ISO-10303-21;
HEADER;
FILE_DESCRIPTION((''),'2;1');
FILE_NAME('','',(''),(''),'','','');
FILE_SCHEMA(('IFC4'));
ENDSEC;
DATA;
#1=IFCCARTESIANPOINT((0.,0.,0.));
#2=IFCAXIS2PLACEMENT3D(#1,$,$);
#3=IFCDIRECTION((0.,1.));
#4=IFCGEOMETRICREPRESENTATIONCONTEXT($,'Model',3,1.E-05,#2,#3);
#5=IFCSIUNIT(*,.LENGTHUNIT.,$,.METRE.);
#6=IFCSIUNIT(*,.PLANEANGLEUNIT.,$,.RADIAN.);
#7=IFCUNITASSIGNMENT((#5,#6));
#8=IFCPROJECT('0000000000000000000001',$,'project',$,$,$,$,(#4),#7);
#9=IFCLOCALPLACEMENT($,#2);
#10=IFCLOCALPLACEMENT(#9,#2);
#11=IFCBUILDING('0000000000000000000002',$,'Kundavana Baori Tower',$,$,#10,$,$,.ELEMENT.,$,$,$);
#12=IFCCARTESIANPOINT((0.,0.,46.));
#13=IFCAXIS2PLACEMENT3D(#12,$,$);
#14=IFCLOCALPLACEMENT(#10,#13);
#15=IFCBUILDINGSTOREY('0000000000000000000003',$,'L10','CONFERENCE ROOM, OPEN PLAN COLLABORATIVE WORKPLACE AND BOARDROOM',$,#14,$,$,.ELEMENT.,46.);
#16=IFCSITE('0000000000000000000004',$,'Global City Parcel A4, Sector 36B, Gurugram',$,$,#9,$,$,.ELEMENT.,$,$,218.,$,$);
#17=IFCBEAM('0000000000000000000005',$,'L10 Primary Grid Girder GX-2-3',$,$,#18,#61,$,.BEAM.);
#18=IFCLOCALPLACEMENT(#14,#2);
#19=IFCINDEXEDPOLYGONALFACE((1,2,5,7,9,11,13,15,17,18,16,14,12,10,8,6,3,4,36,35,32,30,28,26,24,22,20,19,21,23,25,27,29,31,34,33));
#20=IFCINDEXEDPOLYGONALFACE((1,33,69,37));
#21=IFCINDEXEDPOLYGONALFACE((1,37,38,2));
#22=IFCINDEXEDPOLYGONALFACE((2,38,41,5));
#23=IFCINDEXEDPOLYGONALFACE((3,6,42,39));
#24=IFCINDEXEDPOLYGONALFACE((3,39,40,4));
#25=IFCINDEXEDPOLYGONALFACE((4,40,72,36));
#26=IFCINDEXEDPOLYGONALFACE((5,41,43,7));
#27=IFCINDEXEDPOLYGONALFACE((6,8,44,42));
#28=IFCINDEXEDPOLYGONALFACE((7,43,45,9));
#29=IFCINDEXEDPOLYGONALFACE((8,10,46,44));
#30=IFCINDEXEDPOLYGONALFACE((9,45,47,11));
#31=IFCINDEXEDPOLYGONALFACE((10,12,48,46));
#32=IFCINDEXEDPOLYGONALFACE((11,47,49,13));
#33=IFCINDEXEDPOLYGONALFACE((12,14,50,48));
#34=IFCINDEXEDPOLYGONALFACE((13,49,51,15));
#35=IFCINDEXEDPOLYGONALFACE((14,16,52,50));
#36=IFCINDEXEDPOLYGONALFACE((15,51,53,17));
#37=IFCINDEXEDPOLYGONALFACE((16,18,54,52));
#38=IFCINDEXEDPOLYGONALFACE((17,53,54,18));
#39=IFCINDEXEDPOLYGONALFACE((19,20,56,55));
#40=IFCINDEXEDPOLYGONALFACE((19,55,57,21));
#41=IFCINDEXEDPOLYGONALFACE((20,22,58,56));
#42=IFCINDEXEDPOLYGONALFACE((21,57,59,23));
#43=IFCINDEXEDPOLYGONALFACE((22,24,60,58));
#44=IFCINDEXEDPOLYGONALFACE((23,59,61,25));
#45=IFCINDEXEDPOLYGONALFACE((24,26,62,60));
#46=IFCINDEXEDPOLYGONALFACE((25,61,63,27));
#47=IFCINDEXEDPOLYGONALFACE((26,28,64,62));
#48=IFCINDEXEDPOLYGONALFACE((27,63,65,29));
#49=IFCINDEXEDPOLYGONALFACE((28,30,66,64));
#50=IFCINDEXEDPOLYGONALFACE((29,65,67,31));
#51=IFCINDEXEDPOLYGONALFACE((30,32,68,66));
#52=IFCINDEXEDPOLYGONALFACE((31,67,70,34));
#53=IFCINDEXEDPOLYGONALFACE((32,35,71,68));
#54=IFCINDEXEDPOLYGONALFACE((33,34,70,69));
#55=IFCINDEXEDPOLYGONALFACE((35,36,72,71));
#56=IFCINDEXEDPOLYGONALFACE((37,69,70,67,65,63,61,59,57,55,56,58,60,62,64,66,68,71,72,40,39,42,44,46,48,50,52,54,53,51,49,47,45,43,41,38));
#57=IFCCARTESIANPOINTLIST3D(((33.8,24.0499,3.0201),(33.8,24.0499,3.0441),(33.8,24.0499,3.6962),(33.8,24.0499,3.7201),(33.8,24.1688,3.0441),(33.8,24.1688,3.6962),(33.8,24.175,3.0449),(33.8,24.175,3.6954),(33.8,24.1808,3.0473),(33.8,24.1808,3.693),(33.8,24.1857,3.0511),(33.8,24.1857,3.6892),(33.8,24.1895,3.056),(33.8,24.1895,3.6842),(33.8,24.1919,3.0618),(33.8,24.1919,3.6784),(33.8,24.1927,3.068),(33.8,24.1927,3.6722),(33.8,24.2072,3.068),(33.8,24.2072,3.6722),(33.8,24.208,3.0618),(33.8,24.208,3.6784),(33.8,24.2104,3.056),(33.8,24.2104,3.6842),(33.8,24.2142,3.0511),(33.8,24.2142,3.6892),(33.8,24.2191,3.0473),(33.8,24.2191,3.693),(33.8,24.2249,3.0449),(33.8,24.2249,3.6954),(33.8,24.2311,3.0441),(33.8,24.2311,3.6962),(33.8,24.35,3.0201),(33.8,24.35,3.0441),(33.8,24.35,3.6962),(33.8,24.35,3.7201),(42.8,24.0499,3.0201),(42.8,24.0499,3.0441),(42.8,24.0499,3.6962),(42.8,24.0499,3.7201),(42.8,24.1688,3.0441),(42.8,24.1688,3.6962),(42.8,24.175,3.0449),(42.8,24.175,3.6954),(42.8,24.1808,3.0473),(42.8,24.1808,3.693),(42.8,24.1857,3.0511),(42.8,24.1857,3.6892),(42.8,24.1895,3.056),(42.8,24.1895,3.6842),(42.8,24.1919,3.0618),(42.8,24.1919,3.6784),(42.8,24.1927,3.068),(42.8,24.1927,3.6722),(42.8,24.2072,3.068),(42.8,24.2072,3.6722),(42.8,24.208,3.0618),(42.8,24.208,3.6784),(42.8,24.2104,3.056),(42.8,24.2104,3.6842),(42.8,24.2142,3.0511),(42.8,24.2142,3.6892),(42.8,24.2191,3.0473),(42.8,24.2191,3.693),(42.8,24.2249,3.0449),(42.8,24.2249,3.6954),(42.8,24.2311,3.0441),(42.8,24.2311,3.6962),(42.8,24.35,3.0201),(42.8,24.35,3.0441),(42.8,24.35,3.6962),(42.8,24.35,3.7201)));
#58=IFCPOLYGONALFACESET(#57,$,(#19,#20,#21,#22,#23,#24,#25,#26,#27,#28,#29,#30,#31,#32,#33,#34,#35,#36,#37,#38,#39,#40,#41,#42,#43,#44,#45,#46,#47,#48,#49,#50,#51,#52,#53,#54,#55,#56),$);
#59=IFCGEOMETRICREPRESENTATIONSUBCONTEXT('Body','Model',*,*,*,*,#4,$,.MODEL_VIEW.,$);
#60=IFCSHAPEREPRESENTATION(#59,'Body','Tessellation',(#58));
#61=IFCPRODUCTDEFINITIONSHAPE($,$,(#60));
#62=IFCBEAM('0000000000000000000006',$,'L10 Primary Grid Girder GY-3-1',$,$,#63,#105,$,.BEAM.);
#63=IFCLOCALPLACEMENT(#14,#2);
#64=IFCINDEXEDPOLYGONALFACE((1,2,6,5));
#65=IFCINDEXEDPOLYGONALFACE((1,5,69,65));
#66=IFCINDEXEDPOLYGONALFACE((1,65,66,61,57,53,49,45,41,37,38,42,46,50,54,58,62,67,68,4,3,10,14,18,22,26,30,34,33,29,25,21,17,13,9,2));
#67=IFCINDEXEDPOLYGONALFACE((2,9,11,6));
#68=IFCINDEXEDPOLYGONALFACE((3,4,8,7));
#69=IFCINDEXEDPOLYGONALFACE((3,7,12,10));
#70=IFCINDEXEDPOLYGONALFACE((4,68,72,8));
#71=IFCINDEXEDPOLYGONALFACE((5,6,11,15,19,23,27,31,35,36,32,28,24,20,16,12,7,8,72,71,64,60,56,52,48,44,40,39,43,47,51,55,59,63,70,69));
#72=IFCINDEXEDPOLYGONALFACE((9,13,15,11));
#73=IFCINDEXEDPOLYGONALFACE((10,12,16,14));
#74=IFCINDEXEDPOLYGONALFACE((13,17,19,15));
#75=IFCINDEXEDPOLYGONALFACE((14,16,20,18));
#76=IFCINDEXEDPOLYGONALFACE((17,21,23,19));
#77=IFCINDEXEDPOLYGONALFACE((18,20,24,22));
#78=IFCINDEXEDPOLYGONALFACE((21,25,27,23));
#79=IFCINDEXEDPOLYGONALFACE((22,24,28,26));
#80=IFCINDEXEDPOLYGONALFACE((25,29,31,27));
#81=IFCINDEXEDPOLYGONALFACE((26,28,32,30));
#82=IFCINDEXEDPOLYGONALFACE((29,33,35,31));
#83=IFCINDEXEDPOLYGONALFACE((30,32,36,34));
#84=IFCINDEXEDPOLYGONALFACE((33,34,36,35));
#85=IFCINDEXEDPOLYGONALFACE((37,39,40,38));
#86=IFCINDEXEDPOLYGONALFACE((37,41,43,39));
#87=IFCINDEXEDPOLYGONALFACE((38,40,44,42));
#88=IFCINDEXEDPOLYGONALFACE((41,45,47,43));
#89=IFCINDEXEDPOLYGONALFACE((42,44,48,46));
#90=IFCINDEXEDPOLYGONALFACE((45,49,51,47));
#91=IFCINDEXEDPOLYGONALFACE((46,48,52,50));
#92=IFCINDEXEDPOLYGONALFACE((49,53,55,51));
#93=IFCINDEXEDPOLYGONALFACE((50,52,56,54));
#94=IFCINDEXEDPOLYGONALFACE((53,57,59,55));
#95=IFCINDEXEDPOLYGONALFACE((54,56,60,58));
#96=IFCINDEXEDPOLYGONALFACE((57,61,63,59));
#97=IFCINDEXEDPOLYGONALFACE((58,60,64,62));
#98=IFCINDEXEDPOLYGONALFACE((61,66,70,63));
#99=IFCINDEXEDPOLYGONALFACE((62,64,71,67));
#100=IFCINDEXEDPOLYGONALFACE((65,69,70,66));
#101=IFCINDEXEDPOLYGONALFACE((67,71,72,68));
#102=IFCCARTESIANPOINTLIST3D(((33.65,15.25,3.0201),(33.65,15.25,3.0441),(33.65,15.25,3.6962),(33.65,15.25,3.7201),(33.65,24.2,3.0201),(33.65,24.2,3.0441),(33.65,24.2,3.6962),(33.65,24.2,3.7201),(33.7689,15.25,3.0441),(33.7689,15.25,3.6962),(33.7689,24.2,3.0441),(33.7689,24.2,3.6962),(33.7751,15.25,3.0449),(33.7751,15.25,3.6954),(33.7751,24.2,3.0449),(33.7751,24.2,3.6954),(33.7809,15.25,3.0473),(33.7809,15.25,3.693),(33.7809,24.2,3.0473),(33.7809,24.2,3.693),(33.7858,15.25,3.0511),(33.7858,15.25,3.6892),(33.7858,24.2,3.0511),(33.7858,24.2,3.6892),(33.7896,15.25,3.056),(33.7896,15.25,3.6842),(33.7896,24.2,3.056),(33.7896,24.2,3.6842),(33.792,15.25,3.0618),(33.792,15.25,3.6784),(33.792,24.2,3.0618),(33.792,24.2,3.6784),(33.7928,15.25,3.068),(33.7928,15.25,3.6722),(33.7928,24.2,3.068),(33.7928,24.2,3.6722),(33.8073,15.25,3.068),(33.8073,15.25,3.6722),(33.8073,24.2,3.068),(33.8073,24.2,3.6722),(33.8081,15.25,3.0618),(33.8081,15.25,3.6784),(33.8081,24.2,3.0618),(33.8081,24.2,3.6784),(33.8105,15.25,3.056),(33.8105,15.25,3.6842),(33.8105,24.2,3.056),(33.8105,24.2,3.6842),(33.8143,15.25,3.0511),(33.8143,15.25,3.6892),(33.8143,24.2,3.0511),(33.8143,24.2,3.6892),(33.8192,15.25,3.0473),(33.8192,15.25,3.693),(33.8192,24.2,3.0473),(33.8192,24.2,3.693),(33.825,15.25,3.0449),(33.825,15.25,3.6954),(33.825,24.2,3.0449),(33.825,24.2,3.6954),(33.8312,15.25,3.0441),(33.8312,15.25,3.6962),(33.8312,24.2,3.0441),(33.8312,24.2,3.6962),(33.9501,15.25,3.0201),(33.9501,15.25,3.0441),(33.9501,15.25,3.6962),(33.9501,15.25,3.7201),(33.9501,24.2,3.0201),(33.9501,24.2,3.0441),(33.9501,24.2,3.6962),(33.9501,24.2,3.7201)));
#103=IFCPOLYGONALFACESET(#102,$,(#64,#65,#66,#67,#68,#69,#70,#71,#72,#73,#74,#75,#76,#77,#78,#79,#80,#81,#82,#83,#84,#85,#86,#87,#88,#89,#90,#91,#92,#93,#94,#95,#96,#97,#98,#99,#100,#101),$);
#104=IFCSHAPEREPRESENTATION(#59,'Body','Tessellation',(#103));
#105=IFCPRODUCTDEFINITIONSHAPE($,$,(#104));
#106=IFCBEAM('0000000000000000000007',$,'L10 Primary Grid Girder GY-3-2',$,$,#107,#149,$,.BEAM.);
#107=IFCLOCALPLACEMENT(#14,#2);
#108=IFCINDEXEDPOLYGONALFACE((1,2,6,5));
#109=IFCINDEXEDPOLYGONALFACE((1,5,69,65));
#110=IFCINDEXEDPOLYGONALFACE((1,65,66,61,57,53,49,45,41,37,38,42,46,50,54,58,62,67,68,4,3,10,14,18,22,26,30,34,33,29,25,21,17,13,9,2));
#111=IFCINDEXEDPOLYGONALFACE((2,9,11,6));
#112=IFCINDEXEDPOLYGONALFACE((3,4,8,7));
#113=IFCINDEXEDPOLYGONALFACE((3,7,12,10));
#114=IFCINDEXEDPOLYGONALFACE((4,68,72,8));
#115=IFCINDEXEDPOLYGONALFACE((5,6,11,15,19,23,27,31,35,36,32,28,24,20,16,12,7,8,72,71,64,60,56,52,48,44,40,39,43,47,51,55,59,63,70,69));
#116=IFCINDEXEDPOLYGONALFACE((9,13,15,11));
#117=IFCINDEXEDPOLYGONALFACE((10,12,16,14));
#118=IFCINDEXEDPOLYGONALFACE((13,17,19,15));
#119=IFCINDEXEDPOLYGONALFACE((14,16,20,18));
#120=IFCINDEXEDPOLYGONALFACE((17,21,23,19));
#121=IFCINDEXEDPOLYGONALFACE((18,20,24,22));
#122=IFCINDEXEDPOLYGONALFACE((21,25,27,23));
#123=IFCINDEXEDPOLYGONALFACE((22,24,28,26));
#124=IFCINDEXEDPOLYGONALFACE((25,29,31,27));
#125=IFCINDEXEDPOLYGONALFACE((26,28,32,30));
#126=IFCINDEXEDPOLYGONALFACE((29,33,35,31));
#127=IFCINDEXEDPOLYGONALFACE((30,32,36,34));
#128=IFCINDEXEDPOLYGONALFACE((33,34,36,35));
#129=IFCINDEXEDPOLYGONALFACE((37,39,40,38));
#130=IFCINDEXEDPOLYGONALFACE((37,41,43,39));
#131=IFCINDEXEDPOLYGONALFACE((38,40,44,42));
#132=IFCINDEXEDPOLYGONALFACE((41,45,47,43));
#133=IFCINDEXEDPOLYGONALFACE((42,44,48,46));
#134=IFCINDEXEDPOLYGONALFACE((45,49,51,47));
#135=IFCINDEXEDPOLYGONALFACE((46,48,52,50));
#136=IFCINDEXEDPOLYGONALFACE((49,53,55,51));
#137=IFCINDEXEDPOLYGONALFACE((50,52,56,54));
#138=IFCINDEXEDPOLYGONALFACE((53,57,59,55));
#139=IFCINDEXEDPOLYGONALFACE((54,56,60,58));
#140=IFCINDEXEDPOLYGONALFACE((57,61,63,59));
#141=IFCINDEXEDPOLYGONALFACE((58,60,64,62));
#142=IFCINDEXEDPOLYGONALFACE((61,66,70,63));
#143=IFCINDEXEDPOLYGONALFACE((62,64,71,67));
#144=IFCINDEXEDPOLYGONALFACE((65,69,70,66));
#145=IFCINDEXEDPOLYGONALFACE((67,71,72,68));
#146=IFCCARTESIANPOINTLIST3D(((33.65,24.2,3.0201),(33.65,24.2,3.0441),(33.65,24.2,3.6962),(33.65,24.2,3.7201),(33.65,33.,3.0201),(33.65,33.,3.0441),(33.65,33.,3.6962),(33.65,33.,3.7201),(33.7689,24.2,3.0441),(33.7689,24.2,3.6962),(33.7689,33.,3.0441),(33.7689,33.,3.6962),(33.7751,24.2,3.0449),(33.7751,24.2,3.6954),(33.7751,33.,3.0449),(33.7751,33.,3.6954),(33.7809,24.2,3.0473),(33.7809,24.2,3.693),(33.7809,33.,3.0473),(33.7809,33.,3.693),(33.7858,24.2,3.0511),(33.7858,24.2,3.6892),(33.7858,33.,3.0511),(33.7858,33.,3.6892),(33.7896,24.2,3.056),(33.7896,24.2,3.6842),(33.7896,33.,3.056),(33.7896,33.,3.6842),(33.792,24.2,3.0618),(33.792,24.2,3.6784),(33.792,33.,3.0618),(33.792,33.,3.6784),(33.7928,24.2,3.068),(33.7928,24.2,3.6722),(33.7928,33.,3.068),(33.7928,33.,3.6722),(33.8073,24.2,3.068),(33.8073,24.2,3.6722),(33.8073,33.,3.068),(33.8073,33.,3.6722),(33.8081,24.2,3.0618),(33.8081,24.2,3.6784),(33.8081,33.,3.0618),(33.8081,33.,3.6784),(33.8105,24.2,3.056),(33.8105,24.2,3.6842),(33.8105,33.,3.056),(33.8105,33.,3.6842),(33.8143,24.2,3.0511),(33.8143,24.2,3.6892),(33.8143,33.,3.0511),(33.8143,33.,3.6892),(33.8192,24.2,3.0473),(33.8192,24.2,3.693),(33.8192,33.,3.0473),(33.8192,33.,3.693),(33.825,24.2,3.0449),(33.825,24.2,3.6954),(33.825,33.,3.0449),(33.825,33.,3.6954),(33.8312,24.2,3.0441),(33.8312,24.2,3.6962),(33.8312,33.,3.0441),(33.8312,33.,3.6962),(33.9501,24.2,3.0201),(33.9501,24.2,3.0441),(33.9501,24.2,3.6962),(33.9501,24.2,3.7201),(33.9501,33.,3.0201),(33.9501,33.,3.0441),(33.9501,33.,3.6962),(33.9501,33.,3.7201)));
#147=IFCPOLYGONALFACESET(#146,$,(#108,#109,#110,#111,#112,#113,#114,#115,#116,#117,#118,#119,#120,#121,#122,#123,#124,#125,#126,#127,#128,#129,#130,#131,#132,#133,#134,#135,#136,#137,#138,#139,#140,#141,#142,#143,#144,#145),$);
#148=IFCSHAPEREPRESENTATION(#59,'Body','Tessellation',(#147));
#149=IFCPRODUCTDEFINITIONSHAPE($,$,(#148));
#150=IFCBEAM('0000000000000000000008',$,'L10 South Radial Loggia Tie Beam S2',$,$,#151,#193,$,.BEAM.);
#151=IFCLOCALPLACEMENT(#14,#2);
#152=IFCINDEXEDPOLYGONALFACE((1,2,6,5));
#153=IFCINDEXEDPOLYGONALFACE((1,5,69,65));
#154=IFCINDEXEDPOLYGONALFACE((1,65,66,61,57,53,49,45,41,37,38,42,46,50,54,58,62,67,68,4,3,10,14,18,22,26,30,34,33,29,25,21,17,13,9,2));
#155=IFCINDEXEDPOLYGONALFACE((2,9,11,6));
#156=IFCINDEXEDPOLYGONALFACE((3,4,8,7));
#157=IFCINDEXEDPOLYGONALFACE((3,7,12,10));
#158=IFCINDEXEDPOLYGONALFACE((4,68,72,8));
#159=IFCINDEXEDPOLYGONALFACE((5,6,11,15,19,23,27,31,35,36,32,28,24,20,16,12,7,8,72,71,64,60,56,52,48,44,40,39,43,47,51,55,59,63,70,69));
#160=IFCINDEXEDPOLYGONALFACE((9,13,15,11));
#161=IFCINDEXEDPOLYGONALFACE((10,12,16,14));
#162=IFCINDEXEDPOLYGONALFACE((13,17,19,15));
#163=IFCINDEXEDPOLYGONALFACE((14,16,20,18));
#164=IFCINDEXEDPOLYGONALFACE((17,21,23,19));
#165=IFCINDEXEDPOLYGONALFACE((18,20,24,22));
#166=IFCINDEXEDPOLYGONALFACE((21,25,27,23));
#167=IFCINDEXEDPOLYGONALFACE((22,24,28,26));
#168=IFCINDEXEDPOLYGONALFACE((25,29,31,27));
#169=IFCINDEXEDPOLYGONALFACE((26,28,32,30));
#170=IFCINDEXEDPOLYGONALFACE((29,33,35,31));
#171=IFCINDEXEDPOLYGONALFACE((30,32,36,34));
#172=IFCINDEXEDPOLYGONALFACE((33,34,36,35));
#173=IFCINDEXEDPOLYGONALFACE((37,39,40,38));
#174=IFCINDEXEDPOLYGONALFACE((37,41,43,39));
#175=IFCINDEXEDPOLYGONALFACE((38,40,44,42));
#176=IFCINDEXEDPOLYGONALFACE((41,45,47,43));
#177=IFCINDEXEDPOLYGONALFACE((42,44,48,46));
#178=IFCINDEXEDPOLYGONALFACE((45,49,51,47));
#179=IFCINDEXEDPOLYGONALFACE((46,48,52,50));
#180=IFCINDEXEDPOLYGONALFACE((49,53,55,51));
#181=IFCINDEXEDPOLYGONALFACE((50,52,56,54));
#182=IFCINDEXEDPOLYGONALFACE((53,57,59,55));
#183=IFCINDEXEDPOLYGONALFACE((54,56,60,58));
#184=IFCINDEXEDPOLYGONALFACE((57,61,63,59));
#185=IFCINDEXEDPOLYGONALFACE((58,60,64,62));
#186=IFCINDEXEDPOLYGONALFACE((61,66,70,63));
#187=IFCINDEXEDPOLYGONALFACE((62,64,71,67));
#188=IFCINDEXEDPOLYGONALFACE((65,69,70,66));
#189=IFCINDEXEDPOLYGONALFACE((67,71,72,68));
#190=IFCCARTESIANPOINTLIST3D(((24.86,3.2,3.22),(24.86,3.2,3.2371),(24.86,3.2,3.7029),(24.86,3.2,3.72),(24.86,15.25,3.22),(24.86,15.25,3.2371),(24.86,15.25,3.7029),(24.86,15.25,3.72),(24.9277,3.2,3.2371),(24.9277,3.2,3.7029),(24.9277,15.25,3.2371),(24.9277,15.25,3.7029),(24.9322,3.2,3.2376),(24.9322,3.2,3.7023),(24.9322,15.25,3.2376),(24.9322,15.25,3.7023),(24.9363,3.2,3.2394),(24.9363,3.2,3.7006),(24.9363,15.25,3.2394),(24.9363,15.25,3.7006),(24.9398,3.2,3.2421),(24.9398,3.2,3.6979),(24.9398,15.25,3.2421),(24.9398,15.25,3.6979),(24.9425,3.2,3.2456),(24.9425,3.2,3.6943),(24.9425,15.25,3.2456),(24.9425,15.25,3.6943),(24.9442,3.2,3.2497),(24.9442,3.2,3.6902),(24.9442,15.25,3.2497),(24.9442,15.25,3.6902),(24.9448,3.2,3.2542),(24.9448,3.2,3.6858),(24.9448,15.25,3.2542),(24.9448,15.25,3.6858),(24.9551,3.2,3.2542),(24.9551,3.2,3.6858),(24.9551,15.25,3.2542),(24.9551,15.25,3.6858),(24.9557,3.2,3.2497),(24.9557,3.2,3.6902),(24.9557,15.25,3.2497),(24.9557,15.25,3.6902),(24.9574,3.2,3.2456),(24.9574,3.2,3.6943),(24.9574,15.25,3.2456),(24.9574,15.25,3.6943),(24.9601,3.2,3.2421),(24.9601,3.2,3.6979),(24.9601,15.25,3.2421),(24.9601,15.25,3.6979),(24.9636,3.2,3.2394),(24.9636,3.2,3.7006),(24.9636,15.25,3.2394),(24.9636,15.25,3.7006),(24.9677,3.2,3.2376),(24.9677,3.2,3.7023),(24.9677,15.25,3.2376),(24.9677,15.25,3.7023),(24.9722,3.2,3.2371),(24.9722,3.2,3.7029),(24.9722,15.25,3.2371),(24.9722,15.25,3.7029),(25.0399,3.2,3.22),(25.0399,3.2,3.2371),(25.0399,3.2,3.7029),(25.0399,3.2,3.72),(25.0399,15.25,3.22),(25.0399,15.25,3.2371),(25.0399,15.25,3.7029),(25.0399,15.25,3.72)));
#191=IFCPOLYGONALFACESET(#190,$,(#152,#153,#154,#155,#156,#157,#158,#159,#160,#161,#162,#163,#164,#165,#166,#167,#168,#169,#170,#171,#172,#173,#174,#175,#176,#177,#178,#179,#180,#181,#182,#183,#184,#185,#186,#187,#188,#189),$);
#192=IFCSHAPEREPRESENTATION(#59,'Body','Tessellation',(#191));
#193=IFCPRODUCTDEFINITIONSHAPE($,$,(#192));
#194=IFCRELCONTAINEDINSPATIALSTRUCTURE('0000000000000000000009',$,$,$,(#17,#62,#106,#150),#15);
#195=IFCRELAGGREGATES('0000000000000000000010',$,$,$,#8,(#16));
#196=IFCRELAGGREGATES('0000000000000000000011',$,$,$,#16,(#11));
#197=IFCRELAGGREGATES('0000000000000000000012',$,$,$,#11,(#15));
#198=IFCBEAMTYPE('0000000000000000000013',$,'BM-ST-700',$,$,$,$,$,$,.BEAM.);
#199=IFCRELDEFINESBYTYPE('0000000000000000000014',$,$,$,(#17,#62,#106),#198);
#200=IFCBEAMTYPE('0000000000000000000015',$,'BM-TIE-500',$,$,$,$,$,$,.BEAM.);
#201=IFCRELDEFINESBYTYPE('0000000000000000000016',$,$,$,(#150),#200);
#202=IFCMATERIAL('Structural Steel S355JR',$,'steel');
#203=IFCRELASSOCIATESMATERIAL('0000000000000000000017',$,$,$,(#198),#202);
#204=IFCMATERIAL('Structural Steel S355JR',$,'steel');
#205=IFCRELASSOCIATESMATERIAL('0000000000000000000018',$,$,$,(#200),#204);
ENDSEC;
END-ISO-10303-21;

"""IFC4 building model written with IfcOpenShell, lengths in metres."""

from ifc_helpers import new_model, si_unit, direction, frame, origin, origin_2d, place, context, subcontext, project, spatial, i_section, extrude, material, material_profile, profile_set, type_object, element, save


model = new_model("IFC4")

# Units and contexts
model_context = context("Model", 3, precision=1e-05, world=origin(), true_north=direction((0.0, 1.0)))
body_context = subcontext(model_context, "Body", "Model", "MODEL_VIEW")
ifc_project = project(units=[si_unit("LENGTHUNIT", "METRE"), si_unit("PLANEANGLEUNIT", "RADIAN")], contexts=[model_context])

# Site, building, storey
site_placement = place(None, origin())
site = spatial("IfcSite", under=ifc_project, at=site_placement, Name="Global City Parcel A4, Sector 36B, Gurugram", CompositionType="ELEMENT", RefElevation=218.0)
building_placement = place(site_placement, origin())
building = spatial("IfcBuilding", under=site, at=building_placement, Name="Kundavana Baori Tower", CompositionType="ELEMENT")
storey_placement = place(building_placement, frame((0.0, 0.0, 46.0)))
storey = spatial("IfcBuildingStorey", under=building, at=storey_placement, Name="L10", Description="CONFERENCE ROOM, OPEN PLAN COLLABORATIVE WORKPLACE AND BOARDROOM", CompositionType="ELEMENT", Elevation=46.0)

# Beams
ifc_material_1 = material(Name="Structural Steel S355JR", Category="steel")
ifc_material_profile_1 = material_profile(ifc_material_1, i_section(OverallWidth=0.3, OverallDepth=0.7, WebThickness=0.0144, FlangeThickness=0.0239, FilletRadius=0.0239, at=origin_2d()), Name="NPB 700x300x170")
ifc_profile_set_1 = profile_set([ifc_material_profile_1], Name="Structural Steel S355JR")
beam_type_1 = type_object("IfcBeamType", Name="BM-ST-700", PredefinedType="BEAM", material=ifc_profile_set_1)
beam_1_placement = place(storey_placement, frame((33.8, 24.2, 3.3701), z_axis=(1.0, 0.0, 0.0), x_axis=(0.0, 1.0, 0.0)))
element("IfcBeam", 1, at=beam_1_placement, inside=storey, type_object=beam_type_1, Name="L10 Primary Grid Girder GX-2-3", PredefinedType="BEAM", context=body_context, shape_type="SweptSolid", body=[
    extrude(i_section(OverallWidth=0.3, OverallDepth=0.7, WebThickness=0.0144, FlangeThickness=0.0239, FilletRadius=0.0239, at=origin_2d()), origin(), (0.0, 0.0, 1.0), 9.0),
])
beam_2_placement = place(storey_placement, frame((33.8, 15.25, 3.3701), z_axis=(0.0, 1.0, 0.0), x_axis=(-1.0, 0.0, 0.0)))
element("IfcBeam", 2, at=beam_2_placement, inside=storey, type_object=beam_type_1, Name="L10 Primary Grid Girder GY-3-1", PredefinedType="BEAM", context=body_context, shape_type="SweptSolid", body=[
    extrude(i_section(OverallWidth=0.3, OverallDepth=0.7, WebThickness=0.0144, FlangeThickness=0.0239, FilletRadius=0.0239, at=origin_2d()), origin(), (0.0, 0.0, 1.0), 8.95),
])
beam_3_placement = place(storey_placement, frame((33.8, 24.2, 3.3701), z_axis=(0.0, 1.0, 0.0), x_axis=(-1.0, 0.0, 0.0)))
element("IfcBeam", 3, at=beam_3_placement, inside=storey, type_object=beam_type_1, Name="L10 Primary Grid Girder GY-3-2", PredefinedType="BEAM", context=body_context, shape_type="SweptSolid", body=[
    extrude(i_section(OverallWidth=0.3, OverallDepth=0.7, WebThickness=0.0144, FlangeThickness=0.0239, FilletRadius=0.0239, at=origin_2d()), origin(), (0.0, 0.0, 1.0), 8.8),
])
ifc_material_2 = material(Name="Structural Steel S355JR", Category="steel")
ifc_material_profile_2 = material_profile(ifc_material_2, i_section(OverallWidth=0.1799, OverallDepth=0.5, WebThickness=0.0103, FlangeThickness=0.0171, FilletRadius=0.0171, at=origin_2d()), Name="ISMB 500")
ifc_profile_set_2 = profile_set([ifc_material_profile_2], Name="Structural Steel S355JR")
beam_type_2 = type_object("IfcBeamType", Name="BM-TIE-500", PredefinedType="BEAM", material=ifc_profile_set_2)
for number, where, z_axis, x_axis, name in (
    (4, (24.95, 15.25, 3.47), (0.0, -1.0, 0.0), (1.0, 0.0, 0.0), "L10 South Radial Loggia Tie Beam S2"),
):
    element("IfcBeam", number, at=place(storey_placement, frame(where, z_axis=z_axis, x_axis=x_axis)), inside=storey, type_object=beam_type_2, Name=name, PredefinedType="BEAM", context=body_context, shape_type="SweptSolid", body=[
        extrude(i_section(OverallWidth=0.1799, OverallDepth=0.5, WebThickness=0.0103, FlangeThickness=0.0171, FilletRadius=0.0171, at=origin_2d()), origin(), (0.0, 0.0, 1.0), 12.05),
    ])

save(model, "model.ifc")
